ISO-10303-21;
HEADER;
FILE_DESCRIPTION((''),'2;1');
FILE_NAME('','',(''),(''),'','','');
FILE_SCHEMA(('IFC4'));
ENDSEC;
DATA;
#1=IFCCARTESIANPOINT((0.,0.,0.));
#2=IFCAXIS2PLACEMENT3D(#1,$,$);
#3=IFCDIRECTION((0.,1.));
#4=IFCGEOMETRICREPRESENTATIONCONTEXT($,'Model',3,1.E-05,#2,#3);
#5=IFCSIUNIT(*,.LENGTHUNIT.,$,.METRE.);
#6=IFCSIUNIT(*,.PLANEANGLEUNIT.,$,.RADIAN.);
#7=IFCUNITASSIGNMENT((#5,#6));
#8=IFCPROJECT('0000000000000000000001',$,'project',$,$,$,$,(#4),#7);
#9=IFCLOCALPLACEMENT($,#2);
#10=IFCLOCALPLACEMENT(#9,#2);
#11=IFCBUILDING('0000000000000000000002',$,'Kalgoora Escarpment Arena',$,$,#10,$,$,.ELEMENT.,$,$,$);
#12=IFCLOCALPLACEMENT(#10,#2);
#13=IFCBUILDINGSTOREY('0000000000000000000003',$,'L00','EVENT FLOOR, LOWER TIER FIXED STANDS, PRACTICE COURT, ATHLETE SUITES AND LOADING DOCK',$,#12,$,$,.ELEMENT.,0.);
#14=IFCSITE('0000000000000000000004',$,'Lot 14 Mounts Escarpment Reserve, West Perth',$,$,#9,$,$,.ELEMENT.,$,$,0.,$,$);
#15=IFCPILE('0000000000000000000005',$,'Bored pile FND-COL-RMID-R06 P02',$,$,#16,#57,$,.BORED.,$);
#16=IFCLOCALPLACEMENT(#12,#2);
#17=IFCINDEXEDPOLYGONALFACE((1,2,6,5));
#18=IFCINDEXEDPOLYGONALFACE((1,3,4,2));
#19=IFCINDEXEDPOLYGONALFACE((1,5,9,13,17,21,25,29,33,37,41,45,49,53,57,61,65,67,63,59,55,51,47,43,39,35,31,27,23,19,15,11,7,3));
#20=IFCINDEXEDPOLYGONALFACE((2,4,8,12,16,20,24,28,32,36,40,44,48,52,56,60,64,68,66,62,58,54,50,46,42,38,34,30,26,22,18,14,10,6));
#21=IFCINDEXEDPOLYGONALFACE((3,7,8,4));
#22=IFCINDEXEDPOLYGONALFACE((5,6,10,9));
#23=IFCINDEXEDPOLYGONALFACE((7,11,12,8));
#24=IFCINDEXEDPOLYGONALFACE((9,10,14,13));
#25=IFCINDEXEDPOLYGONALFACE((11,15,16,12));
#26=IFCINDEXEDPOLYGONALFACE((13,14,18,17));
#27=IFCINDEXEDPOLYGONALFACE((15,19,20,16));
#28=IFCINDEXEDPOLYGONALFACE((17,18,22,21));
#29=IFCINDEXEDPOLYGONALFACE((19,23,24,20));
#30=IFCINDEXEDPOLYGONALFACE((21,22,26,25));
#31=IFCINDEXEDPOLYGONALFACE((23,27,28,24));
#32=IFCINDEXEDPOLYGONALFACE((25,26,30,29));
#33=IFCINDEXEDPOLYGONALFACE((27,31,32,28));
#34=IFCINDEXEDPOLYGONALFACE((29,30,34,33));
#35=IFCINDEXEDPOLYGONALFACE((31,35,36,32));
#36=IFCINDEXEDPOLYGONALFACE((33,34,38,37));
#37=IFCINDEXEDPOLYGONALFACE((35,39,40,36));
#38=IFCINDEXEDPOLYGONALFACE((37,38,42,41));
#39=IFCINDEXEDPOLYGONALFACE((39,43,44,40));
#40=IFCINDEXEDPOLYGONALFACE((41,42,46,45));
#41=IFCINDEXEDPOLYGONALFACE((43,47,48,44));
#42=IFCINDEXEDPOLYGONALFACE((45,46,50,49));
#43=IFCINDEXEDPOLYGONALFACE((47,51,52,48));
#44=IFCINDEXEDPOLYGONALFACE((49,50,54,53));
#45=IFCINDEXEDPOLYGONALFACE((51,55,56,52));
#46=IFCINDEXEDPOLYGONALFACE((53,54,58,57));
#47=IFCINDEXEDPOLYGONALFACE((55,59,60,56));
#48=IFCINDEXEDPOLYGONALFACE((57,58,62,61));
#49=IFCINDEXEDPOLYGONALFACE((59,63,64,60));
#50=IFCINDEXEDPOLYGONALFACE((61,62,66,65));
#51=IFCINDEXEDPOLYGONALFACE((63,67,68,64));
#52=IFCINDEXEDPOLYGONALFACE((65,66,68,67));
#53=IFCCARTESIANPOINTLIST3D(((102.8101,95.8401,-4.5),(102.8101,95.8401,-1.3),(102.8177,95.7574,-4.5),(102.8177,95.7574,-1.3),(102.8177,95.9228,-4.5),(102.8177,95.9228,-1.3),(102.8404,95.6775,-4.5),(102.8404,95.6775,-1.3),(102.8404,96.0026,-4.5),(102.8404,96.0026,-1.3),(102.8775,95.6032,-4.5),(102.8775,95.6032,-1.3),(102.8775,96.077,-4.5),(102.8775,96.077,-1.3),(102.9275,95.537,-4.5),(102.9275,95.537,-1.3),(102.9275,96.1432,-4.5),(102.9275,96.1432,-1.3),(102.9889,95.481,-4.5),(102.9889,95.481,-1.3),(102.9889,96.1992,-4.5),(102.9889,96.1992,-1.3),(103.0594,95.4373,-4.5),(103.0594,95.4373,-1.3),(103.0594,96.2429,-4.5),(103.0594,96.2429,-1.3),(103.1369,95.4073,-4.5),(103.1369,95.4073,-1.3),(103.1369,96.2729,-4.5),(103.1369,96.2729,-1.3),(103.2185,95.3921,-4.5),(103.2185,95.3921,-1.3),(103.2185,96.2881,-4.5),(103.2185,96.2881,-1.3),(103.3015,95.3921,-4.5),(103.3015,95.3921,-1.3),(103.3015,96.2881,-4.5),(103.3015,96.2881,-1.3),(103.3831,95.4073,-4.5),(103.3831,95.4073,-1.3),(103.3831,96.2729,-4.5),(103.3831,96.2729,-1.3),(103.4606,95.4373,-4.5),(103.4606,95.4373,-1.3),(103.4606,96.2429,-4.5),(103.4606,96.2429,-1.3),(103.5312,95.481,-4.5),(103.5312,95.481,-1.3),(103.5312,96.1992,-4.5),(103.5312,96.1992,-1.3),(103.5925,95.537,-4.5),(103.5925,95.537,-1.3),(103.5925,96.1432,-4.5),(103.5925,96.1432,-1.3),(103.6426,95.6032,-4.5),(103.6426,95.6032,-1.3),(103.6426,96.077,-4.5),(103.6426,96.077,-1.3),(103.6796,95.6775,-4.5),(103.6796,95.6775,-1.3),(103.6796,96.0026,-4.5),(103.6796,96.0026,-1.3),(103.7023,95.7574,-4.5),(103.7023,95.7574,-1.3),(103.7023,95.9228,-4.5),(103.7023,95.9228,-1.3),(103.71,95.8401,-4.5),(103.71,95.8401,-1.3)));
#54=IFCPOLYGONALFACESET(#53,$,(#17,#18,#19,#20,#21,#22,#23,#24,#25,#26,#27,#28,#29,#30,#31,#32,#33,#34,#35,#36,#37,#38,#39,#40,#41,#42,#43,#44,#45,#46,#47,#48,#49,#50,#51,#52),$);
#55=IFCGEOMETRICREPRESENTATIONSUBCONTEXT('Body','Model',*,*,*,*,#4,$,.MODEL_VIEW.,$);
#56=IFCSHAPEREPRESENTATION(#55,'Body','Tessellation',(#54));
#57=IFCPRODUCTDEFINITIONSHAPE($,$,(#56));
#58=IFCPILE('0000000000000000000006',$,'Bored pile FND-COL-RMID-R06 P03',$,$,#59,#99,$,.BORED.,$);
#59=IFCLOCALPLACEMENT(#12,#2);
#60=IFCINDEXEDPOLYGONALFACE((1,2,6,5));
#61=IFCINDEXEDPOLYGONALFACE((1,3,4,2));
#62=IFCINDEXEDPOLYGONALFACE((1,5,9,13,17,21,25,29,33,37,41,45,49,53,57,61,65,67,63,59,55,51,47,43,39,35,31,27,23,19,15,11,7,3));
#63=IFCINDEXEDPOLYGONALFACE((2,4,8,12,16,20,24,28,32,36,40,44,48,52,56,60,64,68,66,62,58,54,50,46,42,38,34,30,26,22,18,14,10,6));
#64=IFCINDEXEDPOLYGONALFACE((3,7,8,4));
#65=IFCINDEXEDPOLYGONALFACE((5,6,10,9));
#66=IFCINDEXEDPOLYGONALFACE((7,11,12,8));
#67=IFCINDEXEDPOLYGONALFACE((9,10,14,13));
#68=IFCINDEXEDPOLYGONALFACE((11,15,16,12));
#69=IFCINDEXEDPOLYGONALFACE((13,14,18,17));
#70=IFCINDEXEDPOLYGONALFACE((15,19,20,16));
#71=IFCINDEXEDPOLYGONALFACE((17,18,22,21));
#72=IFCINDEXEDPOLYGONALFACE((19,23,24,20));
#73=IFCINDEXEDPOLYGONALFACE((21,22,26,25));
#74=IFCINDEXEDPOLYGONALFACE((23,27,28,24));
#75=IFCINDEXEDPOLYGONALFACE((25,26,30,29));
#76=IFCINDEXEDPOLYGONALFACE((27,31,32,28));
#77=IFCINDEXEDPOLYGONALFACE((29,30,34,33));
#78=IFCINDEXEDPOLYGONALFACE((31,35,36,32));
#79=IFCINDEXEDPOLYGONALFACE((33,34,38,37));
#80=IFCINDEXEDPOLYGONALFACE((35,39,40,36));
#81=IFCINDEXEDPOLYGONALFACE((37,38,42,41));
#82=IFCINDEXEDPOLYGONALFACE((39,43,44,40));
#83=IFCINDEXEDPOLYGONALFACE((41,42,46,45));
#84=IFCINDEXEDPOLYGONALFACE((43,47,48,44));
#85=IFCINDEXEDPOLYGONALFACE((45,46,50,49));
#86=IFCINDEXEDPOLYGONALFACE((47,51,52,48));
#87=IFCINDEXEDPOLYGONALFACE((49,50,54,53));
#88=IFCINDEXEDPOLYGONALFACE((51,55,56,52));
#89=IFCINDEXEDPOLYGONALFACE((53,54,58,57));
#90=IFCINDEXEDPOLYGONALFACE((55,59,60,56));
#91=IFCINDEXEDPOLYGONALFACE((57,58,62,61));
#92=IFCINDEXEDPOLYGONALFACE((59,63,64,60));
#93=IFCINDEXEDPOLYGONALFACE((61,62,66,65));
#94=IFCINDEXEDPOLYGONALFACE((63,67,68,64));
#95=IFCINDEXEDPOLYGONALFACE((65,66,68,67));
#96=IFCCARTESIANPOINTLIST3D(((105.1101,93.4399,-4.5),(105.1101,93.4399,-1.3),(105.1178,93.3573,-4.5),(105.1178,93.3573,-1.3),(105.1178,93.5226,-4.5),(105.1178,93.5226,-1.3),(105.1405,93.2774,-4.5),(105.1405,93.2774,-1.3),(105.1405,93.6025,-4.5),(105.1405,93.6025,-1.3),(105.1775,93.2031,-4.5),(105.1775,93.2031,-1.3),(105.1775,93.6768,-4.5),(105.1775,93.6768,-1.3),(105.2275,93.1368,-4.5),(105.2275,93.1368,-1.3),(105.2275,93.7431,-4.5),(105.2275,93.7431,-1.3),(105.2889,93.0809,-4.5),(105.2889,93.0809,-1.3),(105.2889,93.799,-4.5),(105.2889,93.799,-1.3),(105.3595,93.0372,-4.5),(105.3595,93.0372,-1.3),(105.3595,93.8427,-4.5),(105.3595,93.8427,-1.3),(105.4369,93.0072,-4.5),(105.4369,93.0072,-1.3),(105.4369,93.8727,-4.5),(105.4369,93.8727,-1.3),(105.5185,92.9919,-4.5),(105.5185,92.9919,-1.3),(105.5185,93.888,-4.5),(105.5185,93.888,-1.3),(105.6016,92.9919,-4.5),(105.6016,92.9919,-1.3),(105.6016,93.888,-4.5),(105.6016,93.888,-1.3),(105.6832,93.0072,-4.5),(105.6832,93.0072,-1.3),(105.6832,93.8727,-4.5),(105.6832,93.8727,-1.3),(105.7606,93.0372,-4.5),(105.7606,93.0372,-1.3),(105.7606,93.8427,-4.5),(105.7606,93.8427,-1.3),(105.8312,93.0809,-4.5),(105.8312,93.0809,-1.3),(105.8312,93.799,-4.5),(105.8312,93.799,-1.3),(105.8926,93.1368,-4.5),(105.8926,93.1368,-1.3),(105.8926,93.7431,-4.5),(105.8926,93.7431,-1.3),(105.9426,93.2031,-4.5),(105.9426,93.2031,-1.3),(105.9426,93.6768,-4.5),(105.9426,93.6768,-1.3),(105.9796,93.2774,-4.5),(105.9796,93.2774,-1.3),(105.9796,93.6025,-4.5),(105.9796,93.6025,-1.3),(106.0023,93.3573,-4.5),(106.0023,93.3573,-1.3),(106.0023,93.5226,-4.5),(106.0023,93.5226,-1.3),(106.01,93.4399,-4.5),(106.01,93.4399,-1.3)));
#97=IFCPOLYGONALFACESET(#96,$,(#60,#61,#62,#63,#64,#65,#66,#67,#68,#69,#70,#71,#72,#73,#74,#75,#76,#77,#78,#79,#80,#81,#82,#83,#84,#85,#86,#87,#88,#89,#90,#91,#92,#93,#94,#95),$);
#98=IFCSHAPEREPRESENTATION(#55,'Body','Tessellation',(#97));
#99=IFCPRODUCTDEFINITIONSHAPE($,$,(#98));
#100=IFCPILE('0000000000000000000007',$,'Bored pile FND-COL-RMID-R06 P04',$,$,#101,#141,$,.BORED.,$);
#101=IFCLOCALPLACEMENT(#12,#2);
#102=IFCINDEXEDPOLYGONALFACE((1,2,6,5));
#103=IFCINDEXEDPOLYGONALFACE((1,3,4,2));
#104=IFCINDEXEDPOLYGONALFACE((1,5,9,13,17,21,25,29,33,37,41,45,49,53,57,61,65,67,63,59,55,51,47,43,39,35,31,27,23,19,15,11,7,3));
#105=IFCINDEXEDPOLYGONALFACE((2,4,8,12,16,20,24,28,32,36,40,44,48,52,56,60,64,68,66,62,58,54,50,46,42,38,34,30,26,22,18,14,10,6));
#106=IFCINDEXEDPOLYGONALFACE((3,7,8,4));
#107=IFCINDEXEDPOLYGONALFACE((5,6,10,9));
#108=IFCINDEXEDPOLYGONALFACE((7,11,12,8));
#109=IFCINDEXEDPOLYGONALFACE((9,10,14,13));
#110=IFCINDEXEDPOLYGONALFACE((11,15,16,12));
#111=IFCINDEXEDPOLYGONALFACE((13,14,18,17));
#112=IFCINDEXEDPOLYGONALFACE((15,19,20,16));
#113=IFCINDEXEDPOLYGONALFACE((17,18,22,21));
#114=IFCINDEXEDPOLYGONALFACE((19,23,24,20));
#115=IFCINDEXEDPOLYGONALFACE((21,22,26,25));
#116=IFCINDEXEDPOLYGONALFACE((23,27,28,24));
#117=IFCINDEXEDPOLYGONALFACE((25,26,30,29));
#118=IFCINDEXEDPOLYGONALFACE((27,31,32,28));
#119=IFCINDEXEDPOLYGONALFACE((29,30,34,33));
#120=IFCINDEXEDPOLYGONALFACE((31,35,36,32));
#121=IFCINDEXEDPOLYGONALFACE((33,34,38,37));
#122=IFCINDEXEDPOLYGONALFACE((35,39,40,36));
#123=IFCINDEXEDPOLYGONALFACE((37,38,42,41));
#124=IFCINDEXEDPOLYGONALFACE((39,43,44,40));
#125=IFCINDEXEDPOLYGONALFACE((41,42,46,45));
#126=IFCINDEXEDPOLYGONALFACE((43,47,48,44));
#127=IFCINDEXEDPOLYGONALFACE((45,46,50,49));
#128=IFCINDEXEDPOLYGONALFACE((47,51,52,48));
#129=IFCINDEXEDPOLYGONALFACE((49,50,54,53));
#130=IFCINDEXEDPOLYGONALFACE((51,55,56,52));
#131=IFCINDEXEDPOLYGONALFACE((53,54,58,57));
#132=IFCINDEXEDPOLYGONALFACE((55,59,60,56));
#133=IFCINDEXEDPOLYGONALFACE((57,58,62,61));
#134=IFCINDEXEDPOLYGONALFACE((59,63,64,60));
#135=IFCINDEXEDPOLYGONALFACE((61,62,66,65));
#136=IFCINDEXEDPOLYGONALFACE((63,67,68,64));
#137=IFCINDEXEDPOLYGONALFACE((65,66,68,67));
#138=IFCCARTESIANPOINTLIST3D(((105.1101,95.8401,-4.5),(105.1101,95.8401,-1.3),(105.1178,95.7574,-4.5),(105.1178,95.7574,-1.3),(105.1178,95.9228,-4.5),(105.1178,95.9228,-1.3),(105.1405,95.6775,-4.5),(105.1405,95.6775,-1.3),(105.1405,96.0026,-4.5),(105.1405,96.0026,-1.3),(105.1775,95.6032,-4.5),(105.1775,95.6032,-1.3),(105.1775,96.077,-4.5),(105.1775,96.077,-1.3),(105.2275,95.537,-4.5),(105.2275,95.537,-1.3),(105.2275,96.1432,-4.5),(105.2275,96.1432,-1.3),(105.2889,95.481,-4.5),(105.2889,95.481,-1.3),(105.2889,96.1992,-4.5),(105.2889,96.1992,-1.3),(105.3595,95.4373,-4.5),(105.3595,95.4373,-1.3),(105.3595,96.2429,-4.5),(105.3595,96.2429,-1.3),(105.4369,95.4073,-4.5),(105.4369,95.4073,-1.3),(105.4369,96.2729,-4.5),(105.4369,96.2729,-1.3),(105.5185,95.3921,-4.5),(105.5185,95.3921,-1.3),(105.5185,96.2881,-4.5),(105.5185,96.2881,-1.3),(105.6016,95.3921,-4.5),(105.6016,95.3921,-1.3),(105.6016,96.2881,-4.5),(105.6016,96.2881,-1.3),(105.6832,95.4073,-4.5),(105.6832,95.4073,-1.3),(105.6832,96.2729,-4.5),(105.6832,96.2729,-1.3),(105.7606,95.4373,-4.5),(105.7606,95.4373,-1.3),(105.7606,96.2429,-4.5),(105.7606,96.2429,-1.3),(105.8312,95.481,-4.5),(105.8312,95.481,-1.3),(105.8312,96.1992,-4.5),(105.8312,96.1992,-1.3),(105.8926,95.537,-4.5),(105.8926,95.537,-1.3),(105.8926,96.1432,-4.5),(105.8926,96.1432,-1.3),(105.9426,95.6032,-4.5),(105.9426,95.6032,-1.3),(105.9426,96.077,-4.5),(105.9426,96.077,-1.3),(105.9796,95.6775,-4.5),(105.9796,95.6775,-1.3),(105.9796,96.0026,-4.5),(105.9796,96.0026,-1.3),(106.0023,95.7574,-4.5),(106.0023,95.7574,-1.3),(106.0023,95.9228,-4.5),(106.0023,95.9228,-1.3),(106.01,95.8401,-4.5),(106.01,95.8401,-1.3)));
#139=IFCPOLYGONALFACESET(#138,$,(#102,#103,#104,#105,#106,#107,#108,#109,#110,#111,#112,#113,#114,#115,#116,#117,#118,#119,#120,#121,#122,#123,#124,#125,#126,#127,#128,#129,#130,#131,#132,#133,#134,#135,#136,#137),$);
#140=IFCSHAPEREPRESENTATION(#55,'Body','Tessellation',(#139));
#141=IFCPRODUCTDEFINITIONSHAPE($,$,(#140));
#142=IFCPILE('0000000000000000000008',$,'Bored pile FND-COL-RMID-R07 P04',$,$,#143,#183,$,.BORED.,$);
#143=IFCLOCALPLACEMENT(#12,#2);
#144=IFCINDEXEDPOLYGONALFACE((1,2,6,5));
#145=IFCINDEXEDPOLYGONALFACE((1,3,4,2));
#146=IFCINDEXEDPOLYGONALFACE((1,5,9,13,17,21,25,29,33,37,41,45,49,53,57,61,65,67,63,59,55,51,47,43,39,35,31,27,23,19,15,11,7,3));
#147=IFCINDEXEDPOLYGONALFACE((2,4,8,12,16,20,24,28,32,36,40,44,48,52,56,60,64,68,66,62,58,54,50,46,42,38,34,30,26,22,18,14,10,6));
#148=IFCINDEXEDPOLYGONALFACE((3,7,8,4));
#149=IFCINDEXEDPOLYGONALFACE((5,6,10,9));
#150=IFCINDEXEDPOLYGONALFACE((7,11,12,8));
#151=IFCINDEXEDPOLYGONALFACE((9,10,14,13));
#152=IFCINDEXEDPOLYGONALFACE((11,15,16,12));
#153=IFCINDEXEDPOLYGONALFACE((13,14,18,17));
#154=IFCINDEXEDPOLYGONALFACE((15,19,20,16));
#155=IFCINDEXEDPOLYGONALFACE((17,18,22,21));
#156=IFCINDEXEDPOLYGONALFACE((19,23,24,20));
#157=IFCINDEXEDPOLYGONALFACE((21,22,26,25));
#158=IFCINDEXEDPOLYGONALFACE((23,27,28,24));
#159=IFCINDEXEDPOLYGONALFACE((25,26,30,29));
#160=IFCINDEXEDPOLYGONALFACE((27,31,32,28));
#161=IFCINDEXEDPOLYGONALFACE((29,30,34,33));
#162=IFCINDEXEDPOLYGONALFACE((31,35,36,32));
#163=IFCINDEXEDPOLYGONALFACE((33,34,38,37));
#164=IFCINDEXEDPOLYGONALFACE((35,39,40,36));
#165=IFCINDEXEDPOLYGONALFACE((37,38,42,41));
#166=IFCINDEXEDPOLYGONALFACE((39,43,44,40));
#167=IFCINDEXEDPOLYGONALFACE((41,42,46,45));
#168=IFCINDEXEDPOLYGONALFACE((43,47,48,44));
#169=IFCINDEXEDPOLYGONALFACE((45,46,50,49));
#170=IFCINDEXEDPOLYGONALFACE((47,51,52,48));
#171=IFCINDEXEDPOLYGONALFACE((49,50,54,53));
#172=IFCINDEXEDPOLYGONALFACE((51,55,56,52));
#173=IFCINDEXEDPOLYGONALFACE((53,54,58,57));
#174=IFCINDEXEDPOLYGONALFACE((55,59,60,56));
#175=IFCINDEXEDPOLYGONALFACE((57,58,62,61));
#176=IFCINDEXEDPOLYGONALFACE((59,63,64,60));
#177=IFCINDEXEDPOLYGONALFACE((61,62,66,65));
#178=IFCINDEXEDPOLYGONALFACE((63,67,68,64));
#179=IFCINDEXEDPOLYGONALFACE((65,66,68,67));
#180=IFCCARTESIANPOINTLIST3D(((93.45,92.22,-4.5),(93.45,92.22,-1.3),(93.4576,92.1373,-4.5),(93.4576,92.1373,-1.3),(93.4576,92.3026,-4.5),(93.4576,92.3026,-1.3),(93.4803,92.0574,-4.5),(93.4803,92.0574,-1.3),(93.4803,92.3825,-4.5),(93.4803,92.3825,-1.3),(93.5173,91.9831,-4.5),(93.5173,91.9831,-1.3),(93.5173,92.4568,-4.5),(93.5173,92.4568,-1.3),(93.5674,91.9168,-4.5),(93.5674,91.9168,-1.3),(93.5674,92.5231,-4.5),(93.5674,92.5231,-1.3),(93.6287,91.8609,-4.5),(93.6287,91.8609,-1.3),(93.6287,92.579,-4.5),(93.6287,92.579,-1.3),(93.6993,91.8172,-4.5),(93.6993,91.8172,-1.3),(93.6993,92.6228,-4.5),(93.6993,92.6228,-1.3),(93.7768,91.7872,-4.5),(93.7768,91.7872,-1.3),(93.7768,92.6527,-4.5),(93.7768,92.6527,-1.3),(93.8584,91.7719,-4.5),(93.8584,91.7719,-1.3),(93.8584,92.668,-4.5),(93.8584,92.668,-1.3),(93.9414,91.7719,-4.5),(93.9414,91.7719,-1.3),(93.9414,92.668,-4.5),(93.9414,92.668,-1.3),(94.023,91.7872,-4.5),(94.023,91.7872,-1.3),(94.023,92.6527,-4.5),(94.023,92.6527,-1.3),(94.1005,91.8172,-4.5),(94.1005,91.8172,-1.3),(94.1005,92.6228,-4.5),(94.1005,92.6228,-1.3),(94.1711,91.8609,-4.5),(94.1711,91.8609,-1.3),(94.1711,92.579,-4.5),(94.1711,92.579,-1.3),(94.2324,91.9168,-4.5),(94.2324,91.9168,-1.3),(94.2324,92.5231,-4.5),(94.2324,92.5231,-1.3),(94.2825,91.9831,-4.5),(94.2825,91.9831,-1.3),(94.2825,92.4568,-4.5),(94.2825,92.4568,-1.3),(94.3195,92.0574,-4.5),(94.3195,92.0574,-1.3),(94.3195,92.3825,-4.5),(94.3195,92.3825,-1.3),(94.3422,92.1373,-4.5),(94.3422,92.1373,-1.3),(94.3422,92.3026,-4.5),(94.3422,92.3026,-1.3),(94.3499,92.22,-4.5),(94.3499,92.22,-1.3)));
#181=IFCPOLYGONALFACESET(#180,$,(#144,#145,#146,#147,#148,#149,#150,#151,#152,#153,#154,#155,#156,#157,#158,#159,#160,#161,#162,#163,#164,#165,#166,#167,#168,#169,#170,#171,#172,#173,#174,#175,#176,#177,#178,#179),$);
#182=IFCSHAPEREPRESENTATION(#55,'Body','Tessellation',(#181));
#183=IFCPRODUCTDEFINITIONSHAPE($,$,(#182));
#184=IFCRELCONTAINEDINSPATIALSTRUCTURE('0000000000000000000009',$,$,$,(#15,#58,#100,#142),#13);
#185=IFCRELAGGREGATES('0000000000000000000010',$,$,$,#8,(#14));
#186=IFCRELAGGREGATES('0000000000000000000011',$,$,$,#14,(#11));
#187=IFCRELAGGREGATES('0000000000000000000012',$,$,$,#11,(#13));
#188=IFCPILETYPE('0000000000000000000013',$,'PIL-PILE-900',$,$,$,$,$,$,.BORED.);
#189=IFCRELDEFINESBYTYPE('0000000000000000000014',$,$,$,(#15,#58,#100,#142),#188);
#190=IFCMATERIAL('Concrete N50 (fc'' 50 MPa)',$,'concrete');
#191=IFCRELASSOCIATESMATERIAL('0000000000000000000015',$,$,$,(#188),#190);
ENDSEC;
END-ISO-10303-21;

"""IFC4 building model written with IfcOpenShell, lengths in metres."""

from ifc_helpers import new_model, si_unit, direction, frame, origin, origin_2d, place, context, subcontext, project, spatial, circle, extrude, material, material_profile, profile_set, type_object, element, save


model = new_model("IFC4")

# Units and contexts
model_context = context("Model", 3, precision=1e-05, world=origin(), true_north=direction((0.0, 1.0)))
body_context = subcontext(model_context, "Body", "Model", "MODEL_VIEW")
ifc_project = project(units=[si_unit("LENGTHUNIT", "METRE"), si_unit("PLANEANGLEUNIT", "RADIAN")], contexts=[model_context])

# Site, building, storey
site_placement = place(None, origin())
site = spatial("IfcSite", under=ifc_project, at=site_placement, Name="Lot 14 Mounts Escarpment Reserve, West Perth", CompositionType="ELEMENT", RefElevation=0.0)
building_placement = place(site_placement, origin())
building = spatial("IfcBuilding", under=site, at=building_placement, Name="Kalgoora Escarpment Arena", CompositionType="ELEMENT")
storey_placement = place(building_placement, origin())
storey = spatial("IfcBuildingStorey", under=building, at=storey_placement, Name="L00", Description="EVENT FLOOR, LOWER TIER FIXED STANDS, PRACTICE COURT, ATHLETE SUITES AND LOADING DOCK", CompositionType="ELEMENT", Elevation=0.0)

# Piles
ifc_material_1 = material(Name="Concrete N50 (fc' 50 MPa)", Category="concrete")
ifc_material_profile_1 = material_profile(ifc_material_1, circle(Radius=0.45, at=origin_2d()))
ifc_profile_set_1 = profile_set([ifc_material_profile_1], Name="Concrete N50 (fc' 50 MPa)")
pile_type = type_object("IfcPileType", Name="PIL-PILE-900", PredefinedType="BORED", material=ifc_profile_set_1)
for number, where, z_axis, x_axis, name in (
    (1, (103.26, 95.8401, -1.3), (0.0, 0.0, -1.0), (1.0, 0.0, 0.0), "Bored pile FND-COL-RMID-R06 P02"),
    (2, (105.5601, 93.4399, -1.3), (0.0, 0.0, -1.0), (1.0, 0.0, 0.0), "Bored pile FND-COL-RMID-R06 P03"),
    (3, (105.5601, 95.8401, -1.3), (0.0, 0.0, -1.0), (1.0, 0.0, 0.0), "Bored pile FND-COL-RMID-R06 P04"),
    (4, (93.8999, 92.22, -1.3), (0.0, 0.0, -1.0), (1.0, 0.0, 0.0), "Bored pile FND-COL-RMID-R07 P04"),
):
    element("IfcPile", number, at=place(storey_placement, frame(where, z_axis=z_axis, x_axis=x_axis)), inside=storey, type_object=pile_type, Name=name, PredefinedType="BORED", context=body_context, shape_type="SweptSolid", body=[
        extrude(circle(Radius=0.45, at=origin_2d()), origin(), (0.0, 0.0, 1.0), 3.2),
    ])

save(model, "model.ifc")
